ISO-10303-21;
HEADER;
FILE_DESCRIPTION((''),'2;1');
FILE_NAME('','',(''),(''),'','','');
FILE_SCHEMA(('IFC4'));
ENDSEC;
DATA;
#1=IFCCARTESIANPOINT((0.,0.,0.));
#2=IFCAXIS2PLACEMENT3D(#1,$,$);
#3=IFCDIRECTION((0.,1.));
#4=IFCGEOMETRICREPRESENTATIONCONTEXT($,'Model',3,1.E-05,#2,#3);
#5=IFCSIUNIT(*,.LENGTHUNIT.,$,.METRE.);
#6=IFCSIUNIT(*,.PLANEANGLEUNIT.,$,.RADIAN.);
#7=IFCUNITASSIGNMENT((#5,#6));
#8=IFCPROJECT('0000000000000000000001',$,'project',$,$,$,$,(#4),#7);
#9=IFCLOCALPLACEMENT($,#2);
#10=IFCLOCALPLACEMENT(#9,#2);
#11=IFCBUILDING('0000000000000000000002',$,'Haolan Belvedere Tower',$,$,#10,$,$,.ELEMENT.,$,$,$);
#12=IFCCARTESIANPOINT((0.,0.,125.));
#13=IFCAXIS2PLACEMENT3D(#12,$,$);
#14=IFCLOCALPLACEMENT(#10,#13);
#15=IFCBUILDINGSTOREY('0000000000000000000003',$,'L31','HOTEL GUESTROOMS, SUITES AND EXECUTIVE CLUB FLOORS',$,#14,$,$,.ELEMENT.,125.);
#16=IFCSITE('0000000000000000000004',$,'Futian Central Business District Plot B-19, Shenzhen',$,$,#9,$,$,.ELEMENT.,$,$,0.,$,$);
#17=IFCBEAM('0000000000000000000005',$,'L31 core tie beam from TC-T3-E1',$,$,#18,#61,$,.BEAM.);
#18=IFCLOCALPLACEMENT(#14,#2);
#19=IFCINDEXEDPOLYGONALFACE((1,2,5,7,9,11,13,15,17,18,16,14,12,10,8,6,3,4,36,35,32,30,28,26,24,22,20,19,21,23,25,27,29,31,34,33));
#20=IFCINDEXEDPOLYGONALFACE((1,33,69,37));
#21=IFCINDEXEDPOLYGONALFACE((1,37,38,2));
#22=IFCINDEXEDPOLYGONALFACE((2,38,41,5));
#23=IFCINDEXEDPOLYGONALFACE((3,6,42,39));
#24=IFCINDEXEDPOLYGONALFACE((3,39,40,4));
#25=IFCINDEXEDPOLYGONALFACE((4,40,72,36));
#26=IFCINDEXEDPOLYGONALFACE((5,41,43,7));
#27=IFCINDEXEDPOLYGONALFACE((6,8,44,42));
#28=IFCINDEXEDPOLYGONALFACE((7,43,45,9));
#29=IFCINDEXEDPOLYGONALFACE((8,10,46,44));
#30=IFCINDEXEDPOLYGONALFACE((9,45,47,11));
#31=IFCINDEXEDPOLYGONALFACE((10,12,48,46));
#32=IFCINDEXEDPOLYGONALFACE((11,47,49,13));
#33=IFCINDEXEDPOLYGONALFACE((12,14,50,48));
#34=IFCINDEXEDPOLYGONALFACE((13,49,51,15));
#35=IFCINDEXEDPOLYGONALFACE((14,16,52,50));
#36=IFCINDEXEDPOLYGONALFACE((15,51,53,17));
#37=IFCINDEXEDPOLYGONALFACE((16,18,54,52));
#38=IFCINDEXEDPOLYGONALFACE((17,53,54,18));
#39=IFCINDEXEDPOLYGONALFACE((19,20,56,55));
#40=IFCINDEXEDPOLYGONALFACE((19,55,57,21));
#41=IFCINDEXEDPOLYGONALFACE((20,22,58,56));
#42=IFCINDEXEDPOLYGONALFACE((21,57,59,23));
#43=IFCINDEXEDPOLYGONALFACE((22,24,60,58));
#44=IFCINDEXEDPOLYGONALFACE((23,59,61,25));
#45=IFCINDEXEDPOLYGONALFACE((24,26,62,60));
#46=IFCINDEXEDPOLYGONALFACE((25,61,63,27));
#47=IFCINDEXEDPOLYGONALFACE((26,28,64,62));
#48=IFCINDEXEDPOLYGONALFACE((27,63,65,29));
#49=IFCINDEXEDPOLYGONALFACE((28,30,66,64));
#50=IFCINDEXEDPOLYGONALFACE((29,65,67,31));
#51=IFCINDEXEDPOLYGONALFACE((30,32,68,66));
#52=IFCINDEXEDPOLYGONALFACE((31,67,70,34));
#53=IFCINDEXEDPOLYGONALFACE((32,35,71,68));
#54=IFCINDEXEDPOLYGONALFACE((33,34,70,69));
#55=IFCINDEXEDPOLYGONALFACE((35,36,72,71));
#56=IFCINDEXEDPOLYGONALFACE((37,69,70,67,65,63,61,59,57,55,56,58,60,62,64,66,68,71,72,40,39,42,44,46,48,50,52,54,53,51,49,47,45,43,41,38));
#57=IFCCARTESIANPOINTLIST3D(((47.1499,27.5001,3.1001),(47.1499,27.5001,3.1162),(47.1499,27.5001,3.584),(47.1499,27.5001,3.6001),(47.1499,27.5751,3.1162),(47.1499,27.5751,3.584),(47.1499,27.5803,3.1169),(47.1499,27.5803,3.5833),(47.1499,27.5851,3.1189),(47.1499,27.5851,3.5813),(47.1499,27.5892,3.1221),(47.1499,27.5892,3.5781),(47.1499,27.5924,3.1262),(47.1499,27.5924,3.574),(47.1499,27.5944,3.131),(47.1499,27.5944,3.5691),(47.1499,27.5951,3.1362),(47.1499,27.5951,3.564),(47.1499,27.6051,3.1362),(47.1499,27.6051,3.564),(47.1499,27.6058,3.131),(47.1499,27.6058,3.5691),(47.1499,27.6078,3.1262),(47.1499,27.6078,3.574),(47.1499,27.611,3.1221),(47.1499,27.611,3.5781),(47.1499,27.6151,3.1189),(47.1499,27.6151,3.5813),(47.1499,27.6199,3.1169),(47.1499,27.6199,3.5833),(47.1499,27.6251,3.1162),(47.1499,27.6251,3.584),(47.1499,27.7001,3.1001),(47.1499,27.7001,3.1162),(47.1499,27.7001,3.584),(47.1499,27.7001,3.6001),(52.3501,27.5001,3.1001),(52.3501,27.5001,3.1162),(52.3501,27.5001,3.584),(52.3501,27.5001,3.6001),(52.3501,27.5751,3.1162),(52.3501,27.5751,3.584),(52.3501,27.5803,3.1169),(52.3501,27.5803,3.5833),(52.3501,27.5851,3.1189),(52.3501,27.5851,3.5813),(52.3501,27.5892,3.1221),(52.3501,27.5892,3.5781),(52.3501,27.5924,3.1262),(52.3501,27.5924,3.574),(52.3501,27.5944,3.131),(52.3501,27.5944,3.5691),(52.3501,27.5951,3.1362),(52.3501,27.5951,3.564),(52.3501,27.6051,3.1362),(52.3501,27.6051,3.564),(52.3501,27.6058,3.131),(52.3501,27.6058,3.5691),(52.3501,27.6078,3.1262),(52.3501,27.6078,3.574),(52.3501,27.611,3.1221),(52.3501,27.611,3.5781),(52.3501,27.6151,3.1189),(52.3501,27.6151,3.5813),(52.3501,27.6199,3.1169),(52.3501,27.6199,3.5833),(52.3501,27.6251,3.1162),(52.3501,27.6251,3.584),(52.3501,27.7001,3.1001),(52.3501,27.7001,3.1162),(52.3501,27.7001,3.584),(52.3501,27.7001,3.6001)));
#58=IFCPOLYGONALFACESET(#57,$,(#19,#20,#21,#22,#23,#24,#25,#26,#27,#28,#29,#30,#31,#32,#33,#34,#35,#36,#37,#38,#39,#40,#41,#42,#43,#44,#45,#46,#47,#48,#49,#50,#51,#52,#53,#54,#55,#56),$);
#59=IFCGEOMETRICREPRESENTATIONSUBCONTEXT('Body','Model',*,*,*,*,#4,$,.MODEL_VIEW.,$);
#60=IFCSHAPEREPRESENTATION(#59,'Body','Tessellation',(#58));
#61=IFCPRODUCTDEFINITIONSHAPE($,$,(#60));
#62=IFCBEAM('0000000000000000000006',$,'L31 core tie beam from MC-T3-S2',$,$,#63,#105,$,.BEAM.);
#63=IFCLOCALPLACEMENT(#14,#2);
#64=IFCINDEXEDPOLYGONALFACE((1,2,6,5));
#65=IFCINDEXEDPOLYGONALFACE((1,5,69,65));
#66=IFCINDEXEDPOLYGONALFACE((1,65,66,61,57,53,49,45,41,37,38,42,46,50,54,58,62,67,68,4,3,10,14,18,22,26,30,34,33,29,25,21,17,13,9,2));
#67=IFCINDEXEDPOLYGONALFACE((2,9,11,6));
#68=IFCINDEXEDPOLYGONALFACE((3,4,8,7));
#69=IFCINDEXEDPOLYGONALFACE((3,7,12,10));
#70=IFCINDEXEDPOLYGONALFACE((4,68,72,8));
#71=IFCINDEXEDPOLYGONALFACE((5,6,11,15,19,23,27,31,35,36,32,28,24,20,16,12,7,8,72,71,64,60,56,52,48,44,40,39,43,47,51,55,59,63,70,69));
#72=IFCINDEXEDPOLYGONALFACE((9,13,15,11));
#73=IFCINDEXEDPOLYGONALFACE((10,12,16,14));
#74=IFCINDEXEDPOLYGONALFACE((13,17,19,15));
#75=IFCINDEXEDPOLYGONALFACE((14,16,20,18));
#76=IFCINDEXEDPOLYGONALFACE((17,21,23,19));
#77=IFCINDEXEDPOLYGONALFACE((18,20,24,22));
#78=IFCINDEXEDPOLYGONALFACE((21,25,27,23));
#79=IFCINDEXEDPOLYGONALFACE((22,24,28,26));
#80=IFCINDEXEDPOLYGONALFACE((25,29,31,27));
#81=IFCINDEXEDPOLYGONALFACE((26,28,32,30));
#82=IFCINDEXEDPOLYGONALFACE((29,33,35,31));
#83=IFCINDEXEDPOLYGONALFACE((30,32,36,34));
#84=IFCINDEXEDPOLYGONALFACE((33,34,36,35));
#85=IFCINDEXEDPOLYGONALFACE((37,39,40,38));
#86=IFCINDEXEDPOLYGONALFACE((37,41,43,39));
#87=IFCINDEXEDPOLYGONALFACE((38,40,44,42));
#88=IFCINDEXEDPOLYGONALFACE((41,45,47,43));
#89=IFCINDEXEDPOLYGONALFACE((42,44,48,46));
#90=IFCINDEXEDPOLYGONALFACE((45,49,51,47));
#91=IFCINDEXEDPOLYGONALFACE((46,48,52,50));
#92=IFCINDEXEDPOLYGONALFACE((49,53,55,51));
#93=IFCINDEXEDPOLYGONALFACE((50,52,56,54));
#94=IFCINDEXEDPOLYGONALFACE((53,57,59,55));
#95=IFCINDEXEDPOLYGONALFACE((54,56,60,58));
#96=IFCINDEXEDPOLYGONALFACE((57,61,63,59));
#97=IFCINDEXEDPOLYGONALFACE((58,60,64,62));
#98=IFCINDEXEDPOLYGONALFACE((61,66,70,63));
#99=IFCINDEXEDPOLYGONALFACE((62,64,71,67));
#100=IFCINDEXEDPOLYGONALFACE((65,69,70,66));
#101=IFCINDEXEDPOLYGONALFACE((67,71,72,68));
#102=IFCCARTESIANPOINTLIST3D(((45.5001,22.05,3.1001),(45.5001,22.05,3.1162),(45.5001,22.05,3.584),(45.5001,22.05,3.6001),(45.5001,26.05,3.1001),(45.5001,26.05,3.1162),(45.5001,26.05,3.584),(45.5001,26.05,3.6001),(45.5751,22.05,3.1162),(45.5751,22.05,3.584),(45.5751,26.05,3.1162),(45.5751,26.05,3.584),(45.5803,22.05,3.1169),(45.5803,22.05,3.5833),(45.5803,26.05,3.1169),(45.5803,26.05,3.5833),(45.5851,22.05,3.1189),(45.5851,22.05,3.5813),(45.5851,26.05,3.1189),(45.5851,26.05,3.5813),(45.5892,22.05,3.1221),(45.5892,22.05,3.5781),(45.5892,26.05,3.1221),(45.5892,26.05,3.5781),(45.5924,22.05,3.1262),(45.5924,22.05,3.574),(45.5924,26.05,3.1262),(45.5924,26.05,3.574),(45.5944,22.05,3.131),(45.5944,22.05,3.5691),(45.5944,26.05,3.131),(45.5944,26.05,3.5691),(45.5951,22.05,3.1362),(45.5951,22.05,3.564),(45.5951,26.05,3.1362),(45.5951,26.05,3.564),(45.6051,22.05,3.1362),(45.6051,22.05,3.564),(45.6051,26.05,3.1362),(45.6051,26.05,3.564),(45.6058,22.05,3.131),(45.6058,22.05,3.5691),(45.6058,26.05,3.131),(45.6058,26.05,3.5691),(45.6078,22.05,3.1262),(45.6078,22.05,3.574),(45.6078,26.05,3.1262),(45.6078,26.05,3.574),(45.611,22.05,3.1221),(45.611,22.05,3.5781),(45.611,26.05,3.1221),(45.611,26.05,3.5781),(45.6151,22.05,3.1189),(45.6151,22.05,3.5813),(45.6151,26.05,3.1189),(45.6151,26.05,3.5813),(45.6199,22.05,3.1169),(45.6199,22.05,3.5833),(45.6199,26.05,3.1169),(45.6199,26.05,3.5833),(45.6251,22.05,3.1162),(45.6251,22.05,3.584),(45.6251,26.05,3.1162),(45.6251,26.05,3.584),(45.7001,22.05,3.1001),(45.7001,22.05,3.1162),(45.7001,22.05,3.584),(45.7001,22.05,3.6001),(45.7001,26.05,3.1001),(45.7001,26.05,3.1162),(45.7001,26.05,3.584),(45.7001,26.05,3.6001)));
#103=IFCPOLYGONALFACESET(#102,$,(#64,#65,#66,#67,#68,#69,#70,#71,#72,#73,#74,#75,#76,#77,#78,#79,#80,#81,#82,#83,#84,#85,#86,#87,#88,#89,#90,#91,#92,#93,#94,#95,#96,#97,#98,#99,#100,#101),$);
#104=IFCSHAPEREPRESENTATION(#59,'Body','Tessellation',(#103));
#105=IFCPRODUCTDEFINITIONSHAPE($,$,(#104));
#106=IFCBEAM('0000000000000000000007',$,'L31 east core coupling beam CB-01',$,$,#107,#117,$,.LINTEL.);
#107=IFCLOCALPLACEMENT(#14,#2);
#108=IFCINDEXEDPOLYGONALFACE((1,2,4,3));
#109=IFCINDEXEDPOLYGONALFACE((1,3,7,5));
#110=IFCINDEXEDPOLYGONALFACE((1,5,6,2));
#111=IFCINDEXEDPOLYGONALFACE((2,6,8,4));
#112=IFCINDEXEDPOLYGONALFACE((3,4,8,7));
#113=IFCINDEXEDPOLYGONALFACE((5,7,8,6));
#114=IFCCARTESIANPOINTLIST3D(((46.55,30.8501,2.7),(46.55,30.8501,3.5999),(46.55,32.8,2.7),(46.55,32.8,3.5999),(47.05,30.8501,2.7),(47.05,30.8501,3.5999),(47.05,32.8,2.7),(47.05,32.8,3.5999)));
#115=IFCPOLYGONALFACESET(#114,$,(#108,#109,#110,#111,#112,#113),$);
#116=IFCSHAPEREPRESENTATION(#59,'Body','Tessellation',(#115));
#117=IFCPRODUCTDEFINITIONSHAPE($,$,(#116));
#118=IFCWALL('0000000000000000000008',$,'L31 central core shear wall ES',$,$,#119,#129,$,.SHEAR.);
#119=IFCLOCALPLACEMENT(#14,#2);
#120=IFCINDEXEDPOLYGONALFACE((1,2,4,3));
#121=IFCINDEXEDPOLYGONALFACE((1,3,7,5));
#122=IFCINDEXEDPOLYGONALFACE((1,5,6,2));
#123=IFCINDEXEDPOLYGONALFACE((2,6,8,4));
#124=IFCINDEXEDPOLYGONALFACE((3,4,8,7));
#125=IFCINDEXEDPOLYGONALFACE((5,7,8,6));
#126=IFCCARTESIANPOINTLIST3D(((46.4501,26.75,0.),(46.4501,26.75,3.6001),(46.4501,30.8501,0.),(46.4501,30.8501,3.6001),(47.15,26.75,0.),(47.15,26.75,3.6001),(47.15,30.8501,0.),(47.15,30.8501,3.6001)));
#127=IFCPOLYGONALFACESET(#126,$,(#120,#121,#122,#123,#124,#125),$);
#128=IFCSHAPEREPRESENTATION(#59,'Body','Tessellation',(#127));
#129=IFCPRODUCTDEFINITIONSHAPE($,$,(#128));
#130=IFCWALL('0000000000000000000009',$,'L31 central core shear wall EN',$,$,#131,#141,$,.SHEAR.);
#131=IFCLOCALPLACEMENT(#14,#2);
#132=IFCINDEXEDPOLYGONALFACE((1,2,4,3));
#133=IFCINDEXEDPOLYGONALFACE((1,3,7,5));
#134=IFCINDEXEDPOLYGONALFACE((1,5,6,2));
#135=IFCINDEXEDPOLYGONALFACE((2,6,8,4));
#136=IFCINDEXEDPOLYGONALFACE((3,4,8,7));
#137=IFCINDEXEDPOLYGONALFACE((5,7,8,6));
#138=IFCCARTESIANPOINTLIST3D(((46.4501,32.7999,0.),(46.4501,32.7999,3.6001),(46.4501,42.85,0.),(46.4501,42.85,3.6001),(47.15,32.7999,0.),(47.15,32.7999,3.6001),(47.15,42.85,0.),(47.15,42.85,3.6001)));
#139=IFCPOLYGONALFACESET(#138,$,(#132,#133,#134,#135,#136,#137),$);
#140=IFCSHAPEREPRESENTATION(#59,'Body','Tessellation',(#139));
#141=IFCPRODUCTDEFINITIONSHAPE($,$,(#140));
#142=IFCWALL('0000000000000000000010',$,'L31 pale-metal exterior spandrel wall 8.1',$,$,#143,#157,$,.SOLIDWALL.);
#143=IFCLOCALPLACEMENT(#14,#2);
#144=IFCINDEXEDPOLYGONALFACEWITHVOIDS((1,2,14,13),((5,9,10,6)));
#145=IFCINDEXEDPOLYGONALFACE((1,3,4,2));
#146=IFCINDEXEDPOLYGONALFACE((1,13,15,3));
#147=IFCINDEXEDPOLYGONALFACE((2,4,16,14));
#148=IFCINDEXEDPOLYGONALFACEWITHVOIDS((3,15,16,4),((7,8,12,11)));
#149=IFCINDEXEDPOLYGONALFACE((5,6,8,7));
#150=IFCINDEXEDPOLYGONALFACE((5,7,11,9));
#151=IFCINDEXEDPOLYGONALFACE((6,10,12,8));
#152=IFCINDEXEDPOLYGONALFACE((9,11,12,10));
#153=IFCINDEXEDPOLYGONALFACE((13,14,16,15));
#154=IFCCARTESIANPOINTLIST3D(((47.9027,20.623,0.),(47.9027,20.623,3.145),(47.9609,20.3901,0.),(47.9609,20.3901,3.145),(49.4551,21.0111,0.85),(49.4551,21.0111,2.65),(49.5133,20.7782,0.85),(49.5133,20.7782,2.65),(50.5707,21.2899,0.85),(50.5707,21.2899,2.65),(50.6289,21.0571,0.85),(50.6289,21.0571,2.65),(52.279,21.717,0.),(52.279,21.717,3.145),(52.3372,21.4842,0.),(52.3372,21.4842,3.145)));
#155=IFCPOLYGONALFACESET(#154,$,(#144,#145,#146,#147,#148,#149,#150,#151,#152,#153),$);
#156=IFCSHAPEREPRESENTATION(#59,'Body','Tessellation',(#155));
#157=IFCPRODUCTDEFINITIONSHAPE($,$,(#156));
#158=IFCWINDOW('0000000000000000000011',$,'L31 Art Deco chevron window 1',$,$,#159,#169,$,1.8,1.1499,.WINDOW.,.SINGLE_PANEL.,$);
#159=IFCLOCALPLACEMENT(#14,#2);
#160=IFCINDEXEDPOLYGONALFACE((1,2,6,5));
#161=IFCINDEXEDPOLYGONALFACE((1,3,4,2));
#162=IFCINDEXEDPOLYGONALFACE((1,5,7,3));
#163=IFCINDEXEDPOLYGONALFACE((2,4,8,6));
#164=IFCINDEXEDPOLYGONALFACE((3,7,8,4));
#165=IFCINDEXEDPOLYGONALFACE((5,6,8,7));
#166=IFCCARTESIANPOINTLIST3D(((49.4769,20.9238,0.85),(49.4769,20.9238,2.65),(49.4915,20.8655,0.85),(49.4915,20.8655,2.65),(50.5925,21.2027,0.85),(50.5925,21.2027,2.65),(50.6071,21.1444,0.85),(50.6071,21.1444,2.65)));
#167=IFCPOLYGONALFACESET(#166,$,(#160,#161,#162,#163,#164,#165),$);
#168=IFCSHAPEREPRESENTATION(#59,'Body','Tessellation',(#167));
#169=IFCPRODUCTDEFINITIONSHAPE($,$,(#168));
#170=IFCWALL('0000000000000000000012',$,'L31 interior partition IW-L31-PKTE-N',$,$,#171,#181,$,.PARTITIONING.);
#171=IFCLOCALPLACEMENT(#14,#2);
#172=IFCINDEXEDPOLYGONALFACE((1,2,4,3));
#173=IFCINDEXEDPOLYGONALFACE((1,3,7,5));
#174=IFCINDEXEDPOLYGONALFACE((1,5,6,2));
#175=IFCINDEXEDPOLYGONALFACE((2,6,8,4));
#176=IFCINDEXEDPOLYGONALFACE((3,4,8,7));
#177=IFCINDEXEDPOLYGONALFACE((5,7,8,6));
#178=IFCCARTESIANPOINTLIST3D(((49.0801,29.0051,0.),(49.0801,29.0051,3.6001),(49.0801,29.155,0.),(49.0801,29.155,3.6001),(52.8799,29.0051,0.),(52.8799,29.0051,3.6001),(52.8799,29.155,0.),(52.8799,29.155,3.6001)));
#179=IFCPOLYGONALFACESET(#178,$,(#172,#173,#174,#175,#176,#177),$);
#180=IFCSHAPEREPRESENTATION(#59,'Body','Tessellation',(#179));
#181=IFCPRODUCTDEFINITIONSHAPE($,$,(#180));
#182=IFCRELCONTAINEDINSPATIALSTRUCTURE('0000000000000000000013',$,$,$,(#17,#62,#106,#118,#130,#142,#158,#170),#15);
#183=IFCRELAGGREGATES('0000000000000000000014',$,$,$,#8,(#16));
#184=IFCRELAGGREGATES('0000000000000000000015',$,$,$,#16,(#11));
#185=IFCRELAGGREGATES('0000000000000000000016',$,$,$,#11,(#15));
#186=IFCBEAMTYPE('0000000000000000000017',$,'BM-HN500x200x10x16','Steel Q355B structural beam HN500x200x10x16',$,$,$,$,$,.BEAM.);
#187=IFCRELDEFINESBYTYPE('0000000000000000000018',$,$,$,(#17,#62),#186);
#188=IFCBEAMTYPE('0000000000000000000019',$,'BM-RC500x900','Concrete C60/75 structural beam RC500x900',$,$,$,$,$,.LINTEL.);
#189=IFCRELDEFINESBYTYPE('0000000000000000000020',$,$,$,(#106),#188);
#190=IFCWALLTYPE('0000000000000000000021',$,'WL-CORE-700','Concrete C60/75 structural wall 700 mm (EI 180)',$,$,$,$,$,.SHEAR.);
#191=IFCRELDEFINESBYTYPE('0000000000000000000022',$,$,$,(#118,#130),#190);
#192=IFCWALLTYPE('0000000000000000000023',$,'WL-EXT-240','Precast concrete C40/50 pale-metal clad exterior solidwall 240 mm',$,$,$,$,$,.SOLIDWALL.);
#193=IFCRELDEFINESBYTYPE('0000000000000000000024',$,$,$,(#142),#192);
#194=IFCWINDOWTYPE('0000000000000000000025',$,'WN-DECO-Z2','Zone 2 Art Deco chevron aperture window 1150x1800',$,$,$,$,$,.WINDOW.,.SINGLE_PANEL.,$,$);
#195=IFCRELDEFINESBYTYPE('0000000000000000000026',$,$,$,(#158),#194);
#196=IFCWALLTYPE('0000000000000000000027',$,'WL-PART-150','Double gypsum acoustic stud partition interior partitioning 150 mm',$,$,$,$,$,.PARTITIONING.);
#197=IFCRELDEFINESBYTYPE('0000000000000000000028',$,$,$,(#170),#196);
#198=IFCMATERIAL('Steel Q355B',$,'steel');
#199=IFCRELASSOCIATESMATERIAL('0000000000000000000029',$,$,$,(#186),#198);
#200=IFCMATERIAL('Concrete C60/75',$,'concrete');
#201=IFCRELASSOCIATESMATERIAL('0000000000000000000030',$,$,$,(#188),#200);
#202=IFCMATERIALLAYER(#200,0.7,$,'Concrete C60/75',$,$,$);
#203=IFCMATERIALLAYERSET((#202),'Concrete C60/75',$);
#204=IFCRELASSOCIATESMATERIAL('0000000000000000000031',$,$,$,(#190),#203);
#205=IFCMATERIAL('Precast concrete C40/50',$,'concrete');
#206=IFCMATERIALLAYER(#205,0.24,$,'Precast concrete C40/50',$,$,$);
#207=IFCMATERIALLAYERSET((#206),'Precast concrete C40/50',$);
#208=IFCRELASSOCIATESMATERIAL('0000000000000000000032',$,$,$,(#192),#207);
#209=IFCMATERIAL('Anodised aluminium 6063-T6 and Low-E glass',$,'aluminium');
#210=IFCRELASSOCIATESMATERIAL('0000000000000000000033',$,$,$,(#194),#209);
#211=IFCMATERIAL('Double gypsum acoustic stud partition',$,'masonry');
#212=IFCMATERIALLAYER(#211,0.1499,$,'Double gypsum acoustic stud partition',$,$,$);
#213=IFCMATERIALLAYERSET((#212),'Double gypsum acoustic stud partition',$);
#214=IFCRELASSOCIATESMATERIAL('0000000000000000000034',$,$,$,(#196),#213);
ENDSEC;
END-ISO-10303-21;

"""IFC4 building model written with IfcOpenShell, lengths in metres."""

from ifc_helpers import new_model, si_unit, direction, frame, frame_2d, origin, origin_2d, place, context, subcontext, project, spatial, rectangle, i_section, extrude, material, layer, layer_set, material_profile, profile_set, type_object, element, fill, save


model = new_model("IFC4")

# Units and contexts
model_context = context("Model", 3, precision=1e-05, world=origin(), true_north=direction((0.0, 1.0)))
body_context = subcontext(model_context, "Body", "Model", "MODEL_VIEW")
ifc_project = project(units=[si_unit("LENGTHUNIT", "METRE"), si_unit("PLANEANGLEUNIT", "RADIAN")], contexts=[model_context])

# Site, building, storey
site_placement = place(None, origin())
site = spatial("IfcSite", under=ifc_project, at=site_placement, Name="Futian Central Business District Plot B-19, Shenzhen", CompositionType="ELEMENT", RefElevation=0.0)
building_placement = place(site_placement, origin())
building = spatial("IfcBuilding", under=site, at=building_placement, Name="Haolan Belvedere Tower", CompositionType="ELEMENT")
storey_placement = place(building_placement, frame((0.0, 0.0, 125.0)))
storey = spatial("IfcBuildingStorey", under=building, at=storey_placement, Name="L31", Description="HOTEL GUESTROOMS, SUITES AND EXECUTIVE CLUB FLOORS", CompositionType="ELEMENT", Elevation=125.0)

# Beams
ifc_material_1 = material(Name="Steel Q355B", Category="steel")
ifc_material_profile_1 = material_profile(ifc_material_1, i_section(OverallWidth=0.2, OverallDepth=0.5, WebThickness=0.01, FlangeThickness=0.0161, FilletRadius=0.02, at=origin_2d()), Name="Steel Q355B")
ifc_profile_set_1 = profile_set([ifc_material_profile_1], Name="Steel Q355B")
beam_type_1 = type_object("IfcBeamType", Name="BM-HN500x200x10x16", Description="Steel Q355B structural beam HN500x200x10x16", PredefinedType="BEAM", material=ifc_profile_set_1)
beam_1_placement = place(storey_placement, frame((52.3501, 27.6001, 3.3501), z_axis=(-1.0, 0.0, 0.0), x_axis=(0.0, -1.0, 0.0)))
element("IfcBeam", 1, at=beam_1_placement, inside=storey, type_object=beam_type_1, Name="L31 core tie beam from TC-T3-E1", PredefinedType="BEAM", context=body_context, shape_type="SweptSolid", body=[
    extrude(i_section(OverallWidth=0.2, OverallDepth=0.5, WebThickness=0.01, FlangeThickness=0.0161, FilletRadius=0.02, at=origin_2d()), origin(), (0.0, 0.0, 1.0), 5.2002),
])
beam_2_placement = place(storey_placement, frame((45.6001, 22.05, 3.3501), z_axis=(0.0, 1.0, 0.0), x_axis=(-1.0, 0.0, 0.0)))
element("IfcBeam", 2, at=beam_2_placement, inside=storey, type_object=beam_type_1, Name="L31 core tie beam from MC-T3-S2", PredefinedType="BEAM", context=body_context, shape_type="SweptSolid", body=[
    extrude(i_section(OverallWidth=0.2, OverallDepth=0.5, WebThickness=0.01, FlangeThickness=0.0161, FilletRadius=0.02, at=origin_2d()), origin(), (0.0, 0.0, 1.0), 4.0),
])
ifc_material_2 = material(Name="Concrete C60/75", Category="concrete")
ifc_material_profile_2 = material_profile(ifc_material_2, rectangle(XDim=0.5, YDim=0.8999, at=origin_2d()), Name="Concrete C60/75")
ifc_profile_set_2 = profile_set([ifc_material_profile_2], Name="Concrete C60/75")
beam_type_2 = type_object("IfcBeamType", Name="BM-RC500x900", Description="Concrete C60/75 structural beam RC500x900", PredefinedType="LINTEL", material=ifc_profile_set_2)
beam_3_placement = place(storey_placement, frame((46.8, 30.8501, 3.1499), z_axis=(0.0, 1.0, 0.0), x_axis=(-1.0, 0.0, 0.0)))
element("IfcBeam", 3, at=beam_3_placement, inside=storey, type_object=beam_type_2, Name="L31 east core coupling beam CB-01", PredefinedType="LINTEL", context=body_context, shape_type="SweptSolid", body=[
    extrude(rectangle(XDim=0.5, YDim=0.8999, at=origin_2d()), origin(), (0.0, 0.0, 1.0), 1.95),
])

# Walls
ifc_layer_1 = layer(ifc_material_2, 0.7, Name="Concrete C60/75")
ifc_layer_set_1 = layer_set([ifc_layer_1], Name="Concrete C60/75")
wall_type_1 = type_object("IfcWallType", Name="WL-CORE-700", Description="Concrete C60/75 structural wall 700 mm (EI 180)", PredefinedType="SHEAR", material=ifc_layer_set_1)
wall_1_placement = place(storey_placement, frame((46.8, 26.75, 0.0), z_axis=(0.0, 0.0, 1.0), x_axis=(0.0, 1.0, 0.0)))
element("IfcWall", 4, at=wall_1_placement, inside=storey, type_object=wall_type_1, Name="L31 central core shear wall ES", PredefinedType="SHEAR", context=body_context, shape_type="SweptSolid", body=[
    extrude(rectangle(XDim=4.1001, YDim=0.7, at=frame_2d((2.05, 0.0))), origin(), (0.0, 0.0, 1.0), 3.6001),
])
wall_2_placement = place(storey_placement, frame((46.8, 32.8, 0.0), z_axis=(0.0, 0.0, 1.0), x_axis=(0.0, 1.0, 0.0)))
element("IfcWall", 5, at=wall_2_placement, inside=storey, type_object=wall_type_1, Name="L31 central core shear wall EN", PredefinedType="SHEAR", context=body_context, shape_type="SweptSolid", body=[
    extrude(rectangle(XDim=10.05, YDim=0.7, at=frame_2d((5.0249, 0.0))), origin(), (0.0, 0.0, 1.0), 3.6001),
])

# Wall, opening, window
ifc_material_3 = material(Name="Precast concrete C40/50", Category="concrete")
ifc_layer_2 = layer(ifc_material_3, 0.24, Name="Precast concrete C40/50")
ifc_layer_set_2 = layer_set([ifc_layer_2], Name="Precast concrete C40/50")
wall_type_2 = type_object("IfcWallType", Name="WL-EXT-240", Description="Precast concrete C40/50 pale-metal clad exterior solidwall 240 mm", PredefinedType="SOLIDWALL", material=ifc_layer_set_2)
wall_3_placement = place(storey_placement, frame((47.9319, 20.5066, 0.0), z_axis=(0.0, 0.0, 1.0), x_axis=(0.970146, 0.242523, 0.0)))
wall_3 = element("IfcWall", 6, at=wall_3_placement, inside=storey, type_object=wall_type_2, Name="L31 pale-metal exterior spandrel wall 8.1", PredefinedType="SOLIDWALL", context=body_context, shape_type="SweptSolid", body=[
    extrude(rectangle(XDim=4.511, YDim=0.24, at=frame_2d((2.2554, 0.0))), origin(), (0.0, 0.0, 1.0), 3.145),
])
opening_1_placement = place(wall_3_placement, frame((1.6001, 0.0, 0.8501)))
opening_1 = element("IfcOpeningElement", 7, at=opening_1_placement, cuts=wall_3, PredefinedType="OPENING", context=body_context, shape_type="SweptSolid", body=[
    extrude(rectangle(XDim=1.1499, YDim=1.8, at=frame_2d((0.575, 0.8999))), frame((0.0, 0.1299, 0.0), z_axis=(0.0, -1.0, 0.0), x_axis=(1.0, 0.0, 0.0)), (0.0, 0.0, 1.0), 0.26),
])
ifc_material_4 = material(Name="Anodised aluminium 6063-T6 and Low-E glass", Category="aluminium")
window_type = type_object("IfcWindowType", Name="WN-DECO-Z2", Description="Zone 2 Art Deco chevron aperture window 1150x1800", PartitioningType="SINGLE_PANEL", PredefinedType="WINDOW", material=ifc_material_4)
window_placement = place(opening_1_placement, origin())
window = element("IfcWindow", 8, at=window_placement, inside=storey, type_object=window_type, Name="L31 Art Deco chevron window 1", OverallHeight=1.8, OverallWidth=1.1499, PartitioningType="SINGLE_PANEL", PredefinedType="WINDOW", context=body_context, shape_type="SweptSolid", body=[
    extrude(rectangle(XDim=1.1499, YDim=1.8, at=frame_2d((0.575, 0.8999))), frame((0.0, 0.03, 0.0), z_axis=(0.0, -1.0, 0.0), x_axis=(1.0, 0.0, 0.0)), (0.0, 0.0, 1.0), 0.0601),
])
fill(opening_1, window)

# Wall
ifc_material_5 = material(Name="Double gypsum acoustic stud partition", Category="masonry")
ifc_layer_3 = layer(ifc_material_5, 0.1499, Name="Double gypsum acoustic stud partition")
ifc_layer_set_3 = layer_set([ifc_layer_3], Name="Double gypsum acoustic stud partition")
wall_type_3 = type_object("IfcWallType", Name="WL-PART-150", Description="Double gypsum acoustic stud partition interior partitioning 150 mm", PredefinedType="PARTITIONING", material=ifc_layer_set_3)
for number, where, z_axis, x_axis, name in (
    (9, (49.0801, 29.0801, 0.0), (0.0, 0.0, 1.0), (1.0, 0.0, 0.0), "L31 interior partition IW-L31-PKTE-N"),
):
    element("IfcWall", number, at=place(storey_placement, frame(where, z_axis=z_axis, x_axis=x_axis)), inside=storey, type_object=wall_type_3, Name=name, PredefinedType="PARTITIONING", context=body_context, shape_type="SweptSolid", body=[
        extrude(rectangle(XDim=3.7998, YDim=0.1499, at=frame_2d((1.8999, 0.0))), origin(), (0.0, 0.0, 1.0), 3.6001),
    ])

save(model, "model.ifc")
